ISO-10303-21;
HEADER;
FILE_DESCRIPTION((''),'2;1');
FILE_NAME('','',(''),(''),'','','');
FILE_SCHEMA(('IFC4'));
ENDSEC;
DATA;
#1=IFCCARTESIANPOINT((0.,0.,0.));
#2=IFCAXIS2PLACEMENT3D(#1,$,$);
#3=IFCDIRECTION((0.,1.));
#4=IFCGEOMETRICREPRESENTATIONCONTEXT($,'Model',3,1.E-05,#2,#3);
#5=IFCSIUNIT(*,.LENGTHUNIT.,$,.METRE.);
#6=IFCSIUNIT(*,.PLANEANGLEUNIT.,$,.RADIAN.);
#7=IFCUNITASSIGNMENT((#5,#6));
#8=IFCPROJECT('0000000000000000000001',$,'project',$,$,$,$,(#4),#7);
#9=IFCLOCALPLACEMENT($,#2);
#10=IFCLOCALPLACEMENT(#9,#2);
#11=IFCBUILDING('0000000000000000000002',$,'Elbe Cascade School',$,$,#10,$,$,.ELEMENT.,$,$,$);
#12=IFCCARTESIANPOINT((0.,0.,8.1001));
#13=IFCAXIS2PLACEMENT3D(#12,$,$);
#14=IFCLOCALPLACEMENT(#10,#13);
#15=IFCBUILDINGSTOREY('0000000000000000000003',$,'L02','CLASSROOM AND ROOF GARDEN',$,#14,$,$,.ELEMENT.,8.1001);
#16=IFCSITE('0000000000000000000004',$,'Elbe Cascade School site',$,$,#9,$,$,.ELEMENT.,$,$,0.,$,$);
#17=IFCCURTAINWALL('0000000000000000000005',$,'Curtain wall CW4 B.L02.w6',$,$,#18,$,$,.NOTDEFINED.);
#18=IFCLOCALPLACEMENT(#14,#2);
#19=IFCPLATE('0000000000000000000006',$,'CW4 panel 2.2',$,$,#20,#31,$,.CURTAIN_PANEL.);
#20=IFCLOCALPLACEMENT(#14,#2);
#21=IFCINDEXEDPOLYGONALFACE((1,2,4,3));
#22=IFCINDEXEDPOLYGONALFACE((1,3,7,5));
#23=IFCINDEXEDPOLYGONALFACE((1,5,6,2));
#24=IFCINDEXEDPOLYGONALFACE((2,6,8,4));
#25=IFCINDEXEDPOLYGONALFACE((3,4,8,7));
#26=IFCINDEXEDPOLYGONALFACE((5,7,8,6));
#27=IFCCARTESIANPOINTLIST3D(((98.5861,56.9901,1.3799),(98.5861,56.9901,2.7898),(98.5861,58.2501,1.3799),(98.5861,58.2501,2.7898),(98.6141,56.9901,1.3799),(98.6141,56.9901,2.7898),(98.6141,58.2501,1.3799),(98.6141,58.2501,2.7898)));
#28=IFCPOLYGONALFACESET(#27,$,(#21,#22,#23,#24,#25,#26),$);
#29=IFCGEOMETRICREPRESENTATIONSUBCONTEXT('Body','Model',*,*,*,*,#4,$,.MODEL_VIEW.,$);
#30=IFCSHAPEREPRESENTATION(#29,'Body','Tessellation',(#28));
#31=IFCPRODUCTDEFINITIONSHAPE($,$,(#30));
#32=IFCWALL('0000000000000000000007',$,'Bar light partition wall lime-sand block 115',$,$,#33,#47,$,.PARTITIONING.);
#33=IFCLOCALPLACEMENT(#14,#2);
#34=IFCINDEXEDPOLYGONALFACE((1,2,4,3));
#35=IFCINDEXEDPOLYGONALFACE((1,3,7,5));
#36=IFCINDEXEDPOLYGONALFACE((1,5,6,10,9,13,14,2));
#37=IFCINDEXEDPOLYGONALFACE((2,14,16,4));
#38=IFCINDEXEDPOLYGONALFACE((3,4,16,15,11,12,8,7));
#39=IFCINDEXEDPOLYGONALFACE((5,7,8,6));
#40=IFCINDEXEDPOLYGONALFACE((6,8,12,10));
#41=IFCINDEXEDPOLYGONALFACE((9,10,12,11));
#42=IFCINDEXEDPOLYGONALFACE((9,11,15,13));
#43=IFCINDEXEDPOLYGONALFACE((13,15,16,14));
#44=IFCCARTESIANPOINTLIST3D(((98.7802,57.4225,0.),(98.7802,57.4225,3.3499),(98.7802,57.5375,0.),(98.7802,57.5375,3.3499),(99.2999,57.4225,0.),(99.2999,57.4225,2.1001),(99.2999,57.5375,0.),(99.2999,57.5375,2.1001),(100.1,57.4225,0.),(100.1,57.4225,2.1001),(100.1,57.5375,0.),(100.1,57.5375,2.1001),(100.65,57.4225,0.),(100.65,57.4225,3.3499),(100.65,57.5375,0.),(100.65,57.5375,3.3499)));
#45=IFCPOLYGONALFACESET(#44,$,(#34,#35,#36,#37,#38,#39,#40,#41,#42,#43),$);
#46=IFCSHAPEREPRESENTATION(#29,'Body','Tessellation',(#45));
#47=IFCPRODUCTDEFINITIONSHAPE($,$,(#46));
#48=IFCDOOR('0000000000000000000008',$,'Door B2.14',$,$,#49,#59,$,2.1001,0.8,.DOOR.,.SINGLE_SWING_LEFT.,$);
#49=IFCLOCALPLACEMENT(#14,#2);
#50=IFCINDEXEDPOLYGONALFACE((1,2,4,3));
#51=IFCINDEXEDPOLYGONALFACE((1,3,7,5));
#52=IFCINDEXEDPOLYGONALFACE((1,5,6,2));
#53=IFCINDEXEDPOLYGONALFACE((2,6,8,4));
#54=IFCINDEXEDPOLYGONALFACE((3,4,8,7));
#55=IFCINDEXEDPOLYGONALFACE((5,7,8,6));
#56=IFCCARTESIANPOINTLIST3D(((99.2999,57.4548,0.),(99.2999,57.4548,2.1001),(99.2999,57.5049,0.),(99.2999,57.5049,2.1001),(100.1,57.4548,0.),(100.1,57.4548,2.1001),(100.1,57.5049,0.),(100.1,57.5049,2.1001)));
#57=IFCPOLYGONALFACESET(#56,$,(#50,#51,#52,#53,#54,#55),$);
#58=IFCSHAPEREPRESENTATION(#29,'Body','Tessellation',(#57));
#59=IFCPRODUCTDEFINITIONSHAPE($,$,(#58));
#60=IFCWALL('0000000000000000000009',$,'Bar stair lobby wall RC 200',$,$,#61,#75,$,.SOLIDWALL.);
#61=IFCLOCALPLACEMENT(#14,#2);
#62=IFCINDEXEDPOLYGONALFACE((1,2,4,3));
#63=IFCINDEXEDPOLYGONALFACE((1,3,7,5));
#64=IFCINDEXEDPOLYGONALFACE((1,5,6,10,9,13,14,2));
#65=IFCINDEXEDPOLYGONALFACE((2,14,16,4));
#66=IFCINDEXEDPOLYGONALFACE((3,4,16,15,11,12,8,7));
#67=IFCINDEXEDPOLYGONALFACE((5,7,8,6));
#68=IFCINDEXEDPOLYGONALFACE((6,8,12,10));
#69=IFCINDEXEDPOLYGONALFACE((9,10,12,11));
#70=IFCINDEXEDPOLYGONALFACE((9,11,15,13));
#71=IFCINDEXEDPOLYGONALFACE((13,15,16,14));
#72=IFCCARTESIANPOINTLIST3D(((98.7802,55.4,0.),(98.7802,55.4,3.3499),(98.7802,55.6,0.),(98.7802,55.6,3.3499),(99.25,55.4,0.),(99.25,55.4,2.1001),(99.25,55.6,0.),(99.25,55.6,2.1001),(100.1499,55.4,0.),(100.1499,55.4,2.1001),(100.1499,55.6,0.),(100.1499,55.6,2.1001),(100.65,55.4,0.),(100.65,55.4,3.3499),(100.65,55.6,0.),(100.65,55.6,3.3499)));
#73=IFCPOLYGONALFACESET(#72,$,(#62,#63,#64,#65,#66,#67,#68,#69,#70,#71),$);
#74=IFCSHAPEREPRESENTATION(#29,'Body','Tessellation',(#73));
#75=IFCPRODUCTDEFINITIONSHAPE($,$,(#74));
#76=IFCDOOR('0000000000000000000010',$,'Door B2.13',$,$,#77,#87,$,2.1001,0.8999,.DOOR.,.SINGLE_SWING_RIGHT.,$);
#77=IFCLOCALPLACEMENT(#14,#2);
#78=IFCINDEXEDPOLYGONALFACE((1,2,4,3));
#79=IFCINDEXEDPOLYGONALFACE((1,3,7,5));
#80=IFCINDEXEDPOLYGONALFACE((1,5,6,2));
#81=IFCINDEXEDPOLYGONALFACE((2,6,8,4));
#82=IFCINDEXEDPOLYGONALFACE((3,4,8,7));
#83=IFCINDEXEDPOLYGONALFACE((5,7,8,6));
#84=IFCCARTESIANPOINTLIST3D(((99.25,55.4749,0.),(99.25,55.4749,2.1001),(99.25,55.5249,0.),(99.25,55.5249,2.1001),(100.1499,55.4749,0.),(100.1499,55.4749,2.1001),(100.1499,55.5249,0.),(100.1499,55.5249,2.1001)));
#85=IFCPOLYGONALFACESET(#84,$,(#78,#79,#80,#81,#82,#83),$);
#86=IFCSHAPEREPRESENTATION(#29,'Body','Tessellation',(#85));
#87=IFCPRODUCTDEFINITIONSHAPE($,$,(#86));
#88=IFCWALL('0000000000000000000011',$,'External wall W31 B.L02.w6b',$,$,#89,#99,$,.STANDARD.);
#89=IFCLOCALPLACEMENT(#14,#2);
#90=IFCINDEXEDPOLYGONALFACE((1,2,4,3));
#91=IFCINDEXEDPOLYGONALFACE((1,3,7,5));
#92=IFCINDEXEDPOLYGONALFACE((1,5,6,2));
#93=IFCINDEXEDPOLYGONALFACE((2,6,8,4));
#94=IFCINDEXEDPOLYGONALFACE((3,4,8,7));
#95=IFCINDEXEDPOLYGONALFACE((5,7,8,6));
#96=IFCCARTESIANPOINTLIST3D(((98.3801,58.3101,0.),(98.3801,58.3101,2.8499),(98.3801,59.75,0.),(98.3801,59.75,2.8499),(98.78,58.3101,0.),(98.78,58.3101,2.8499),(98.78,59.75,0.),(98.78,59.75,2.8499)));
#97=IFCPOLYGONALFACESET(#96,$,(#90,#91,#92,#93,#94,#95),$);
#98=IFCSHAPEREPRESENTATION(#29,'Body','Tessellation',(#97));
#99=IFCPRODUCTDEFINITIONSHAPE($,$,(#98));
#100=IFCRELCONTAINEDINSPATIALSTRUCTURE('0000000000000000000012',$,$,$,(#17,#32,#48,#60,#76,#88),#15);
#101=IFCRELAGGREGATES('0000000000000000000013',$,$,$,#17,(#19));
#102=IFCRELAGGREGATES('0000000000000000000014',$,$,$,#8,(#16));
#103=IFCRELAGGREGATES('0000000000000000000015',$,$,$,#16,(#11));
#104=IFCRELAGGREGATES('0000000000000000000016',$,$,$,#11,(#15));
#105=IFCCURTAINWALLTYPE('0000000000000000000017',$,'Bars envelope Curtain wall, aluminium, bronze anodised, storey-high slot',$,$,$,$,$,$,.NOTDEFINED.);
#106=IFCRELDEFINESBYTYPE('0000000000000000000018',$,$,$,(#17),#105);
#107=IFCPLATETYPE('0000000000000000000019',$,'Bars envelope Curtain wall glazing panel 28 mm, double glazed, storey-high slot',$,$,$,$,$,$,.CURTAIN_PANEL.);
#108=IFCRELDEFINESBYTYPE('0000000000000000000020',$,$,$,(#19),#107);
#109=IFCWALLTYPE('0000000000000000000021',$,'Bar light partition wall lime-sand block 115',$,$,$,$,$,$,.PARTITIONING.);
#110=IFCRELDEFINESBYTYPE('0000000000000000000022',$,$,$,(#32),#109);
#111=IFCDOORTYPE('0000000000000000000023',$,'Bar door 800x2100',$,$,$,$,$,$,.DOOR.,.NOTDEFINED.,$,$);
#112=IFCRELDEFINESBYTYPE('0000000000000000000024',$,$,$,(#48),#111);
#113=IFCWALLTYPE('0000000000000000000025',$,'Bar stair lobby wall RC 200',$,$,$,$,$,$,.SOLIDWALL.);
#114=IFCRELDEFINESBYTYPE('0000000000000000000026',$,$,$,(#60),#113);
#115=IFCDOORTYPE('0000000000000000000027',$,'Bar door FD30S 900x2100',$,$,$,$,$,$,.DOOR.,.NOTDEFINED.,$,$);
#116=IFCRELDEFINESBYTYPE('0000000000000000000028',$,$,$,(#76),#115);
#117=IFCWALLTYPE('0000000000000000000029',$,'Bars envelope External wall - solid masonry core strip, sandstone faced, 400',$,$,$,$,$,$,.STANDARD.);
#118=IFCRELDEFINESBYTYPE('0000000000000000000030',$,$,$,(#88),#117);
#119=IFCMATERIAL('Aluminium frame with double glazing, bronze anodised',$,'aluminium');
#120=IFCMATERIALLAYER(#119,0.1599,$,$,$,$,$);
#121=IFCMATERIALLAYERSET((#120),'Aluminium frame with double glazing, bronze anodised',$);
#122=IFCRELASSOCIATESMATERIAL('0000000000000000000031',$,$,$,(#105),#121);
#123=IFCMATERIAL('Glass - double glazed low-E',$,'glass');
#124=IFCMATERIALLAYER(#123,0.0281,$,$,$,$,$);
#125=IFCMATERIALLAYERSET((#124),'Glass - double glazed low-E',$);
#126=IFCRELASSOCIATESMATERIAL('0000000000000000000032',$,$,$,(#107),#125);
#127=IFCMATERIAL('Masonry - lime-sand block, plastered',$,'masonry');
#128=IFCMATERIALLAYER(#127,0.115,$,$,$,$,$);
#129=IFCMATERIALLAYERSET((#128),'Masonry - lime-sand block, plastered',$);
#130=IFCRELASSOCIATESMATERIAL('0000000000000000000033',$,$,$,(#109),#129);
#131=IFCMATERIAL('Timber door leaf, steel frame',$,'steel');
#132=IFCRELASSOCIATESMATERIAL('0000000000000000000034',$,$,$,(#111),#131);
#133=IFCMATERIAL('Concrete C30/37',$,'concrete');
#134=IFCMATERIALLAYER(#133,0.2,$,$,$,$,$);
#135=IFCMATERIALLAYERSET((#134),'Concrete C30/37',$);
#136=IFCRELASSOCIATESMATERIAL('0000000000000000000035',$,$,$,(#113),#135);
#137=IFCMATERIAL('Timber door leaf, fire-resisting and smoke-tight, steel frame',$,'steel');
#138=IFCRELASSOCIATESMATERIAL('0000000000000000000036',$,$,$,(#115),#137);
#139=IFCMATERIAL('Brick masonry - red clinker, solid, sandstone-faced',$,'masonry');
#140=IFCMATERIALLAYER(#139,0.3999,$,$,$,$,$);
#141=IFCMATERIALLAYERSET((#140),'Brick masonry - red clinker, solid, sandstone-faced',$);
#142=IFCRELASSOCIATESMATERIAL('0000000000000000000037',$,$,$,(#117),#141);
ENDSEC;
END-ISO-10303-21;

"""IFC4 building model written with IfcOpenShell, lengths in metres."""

from ifc_helpers import new_model, si_unit, direction, frame, frame_2d, origin, origin_2d, place, context, subcontext, project, spatial, rectangle, extrude, material, layer, layer_set, type_object, element, fill, aggregate, save


model = new_model("IFC4")

# Units and contexts
model_context = context("Model", 3, precision=1e-05, world=origin(), true_north=direction((0.0, 1.0)))
body_context = subcontext(model_context, "Body", "Model", "MODEL_VIEW")
ifc_project = project(units=[si_unit("LENGTHUNIT", "METRE"), si_unit("PLANEANGLEUNIT", "RADIAN")], contexts=[model_context])

# Site, building, storey
site_placement = place(None, origin())
site = spatial("IfcSite", under=ifc_project, at=site_placement, Name="Elbe Cascade School site", CompositionType="ELEMENT", RefElevation=0.0)
building_placement = place(site_placement, origin())
building = spatial("IfcBuilding", under=site, at=building_placement, Name="Elbe Cascade School", CompositionType="ELEMENT")
storey_placement = place(building_placement, frame((0.0, 0.0, 8.1001)))
storey = spatial("IfcBuildingStorey", under=building, at=storey_placement, Name="L02", Description="CLASSROOM AND ROOF GARDEN", CompositionType="ELEMENT", Elevation=8.1001)

# Curtain wall
ifc_material_1 = material(Name="Aluminium frame with double glazing, bronze anodised", Category="aluminium")
ifc_layer_1 = layer(ifc_material_1, 0.1599)
ifc_layer_set_1 = layer_set([ifc_layer_1], Name="Aluminium frame with double glazing, bronze anodised")
curtain_wall_type = type_object("IfcCurtainWallType", Name="Bars envelope Curtain wall, aluminium, bronze anodised, storey-high slot", PredefinedType="NOTDEFINED", material=ifc_layer_set_1)
curtain_wall_placement = place(storey_placement, origin())
curtain_wall = element("IfcCurtainWall", 1, at=curtain_wall_placement, inside=storey, type_object=curtain_wall_type, Name="Curtain wall CW4 B.L02.w6", PredefinedType="NOTDEFINED")

# Plate
ifc_material_2 = material(Name="Glass - double glazed low-E", Category="glass")
ifc_layer_2 = layer(ifc_material_2, 0.0281)
ifc_layer_set_2 = layer_set([ifc_layer_2], Name="Glass - double glazed low-E")
plate_type = type_object("IfcPlateType", Name="Bars envelope Curtain wall glazing panel 28 mm, double glazed, storey-high slot", PredefinedType="CURTAIN_PANEL", material=ifc_layer_set_2)
plate_1_placement = place(storey_placement, frame((98.6001, 57.6201, 1.3799), z_axis=(0.0, 0.0, 1.0), x_axis=(0.0, 1.0, 0.0)))
plate_1 = element("IfcPlate", 2, at=plate_1_placement, type_object=plate_type, Name="CW4 panel 2.2", PredefinedType="CURTAIN_PANEL", context=body_context, shape_type="SweptSolid", body=[
    extrude(rectangle(XDim=1.26, YDim=0.0281, at=origin_2d()), origin(), (0.0, 0.0, 1.0), 1.4099),
])
aggregate(curtain_wall, [plate_1])

# Walls, openings, doors
ifc_material_3 = material(Name="Masonry - lime-sand block, plastered", Category="masonry")
ifc_layer_3 = layer(ifc_material_3, 0.115)
ifc_layer_set_3 = layer_set([ifc_layer_3], Name="Masonry - lime-sand block, plastered")
wall_type_1 = type_object("IfcWallType", Name="Bar light partition wall lime-sand block 115", PredefinedType="PARTITIONING", material=ifc_layer_set_3)
wall_1_placement = place(storey_placement, frame((98.78, 57.48, 0.0), z_axis=(0.0, 0.0, 1.0), x_axis=(1.0, 0.0, 0.0)))
wall_1 = element("IfcWall", 3, at=wall_1_placement, inside=storey, type_object=wall_type_1, Name="Bar light partition wall lime-sand block 115", PredefinedType="PARTITIONING", context=body_context, shape_type="SweptSolid", body=[
    extrude(rectangle(XDim=1.8699, YDim=0.115, at=frame_2d((0.9351, 0.0))), origin(), (0.0, 0.0, 1.0), 3.3499),
])
opening_1_placement = place(wall_1_placement, frame((0.52, 0.0, 0.0)))
opening_1 = element("IfcOpeningElement", 4, at=opening_1_placement, cuts=wall_1, PredefinedType="OPENING", context=body_context, shape_type="SweptSolid", body=[
    extrude(rectangle(XDim=0.8, YDim=2.1001, at=frame_2d((0.3999, 1.05))), frame((0.0, 0.0674, 0.0), z_axis=(0.0, -1.0, 0.0), x_axis=(1.0, 0.0, 0.0)), (0.0, 0.0, 1.0), 0.135),
])
ifc_material_4 = material(Name="Timber door leaf, steel frame", Category="steel")
door_type_1 = type_object("IfcDoorType", Name="Bar door 800x2100", OperationType="NOTDEFINED", PredefinedType="DOOR", material=ifc_material_4)
door_1_placement = place(opening_1_placement, origin())
door_1 = element("IfcDoor", 5, at=door_1_placement, inside=storey, type_object=door_type_1, Name="Door B2.14", OperationType="SINGLE_SWING_LEFT", OverallHeight=2.1001, OverallWidth=0.8, PredefinedType="DOOR", context=body_context, shape_type="SweptSolid", body=[
    extrude(rectangle(XDim=0.8, YDim=2.1001, at=frame_2d((0.3999, 1.05))), frame((0.0, 0.0249, 0.0), z_axis=(0.0, -1.0, 0.0), x_axis=(1.0, 0.0, 0.0)), (0.0, 0.0, 1.0), 0.05),
])
fill(opening_1, door_1)
ifc_material_5 = material(Name="Concrete C30/37", Category="concrete")
ifc_layer_4 = layer(ifc_material_5, 0.2)
ifc_layer_set_4 = layer_set([ifc_layer_4], Name="Concrete C30/37")
wall_type_2 = type_object("IfcWallType", Name="Bar stair lobby wall RC 200", PredefinedType="SOLIDWALL", material=ifc_layer_set_4)
wall_2_placement = place(storey_placement, frame((98.78, 55.5, 0.0), z_axis=(0.0, 0.0, 1.0), x_axis=(1.0, 0.0, 0.0)))
wall_2 = element("IfcWall", 6, at=wall_2_placement, inside=storey, type_object=wall_type_2, Name="Bar stair lobby wall RC 200", PredefinedType="SOLIDWALL", context=body_context, shape_type="SweptSolid", body=[
    extrude(rectangle(XDim=1.8699, YDim=0.2, at=frame_2d((0.9351, 0.0))), origin(), (0.0, 0.0, 1.0), 3.3499),
])
opening_2_placement = place(wall_2_placement, frame((0.47, 0.0, 0.0)))
opening_2 = element("IfcOpeningElement", 7, at=opening_2_placement, cuts=wall_2, PredefinedType="OPENING", context=body_context, shape_type="SweptSolid", body=[
    extrude(rectangle(XDim=0.8999, YDim=2.1001, at=frame_2d((0.45, 1.05))), frame((0.0, 0.1099, 0.0), z_axis=(0.0, -1.0, 0.0), x_axis=(1.0, 0.0, 0.0)), (0.0, 0.0, 1.0), 0.22),
])
ifc_material_6 = material(Name="Timber door leaf, fire-resisting and smoke-tight, steel frame", Category="steel")
door_type_2 = type_object("IfcDoorType", Name="Bar door FD30S 900x2100", OperationType="NOTDEFINED", PredefinedType="DOOR", material=ifc_material_6)
door_2_placement = place(opening_2_placement, origin())
door_2 = element("IfcDoor", 8, at=door_2_placement, inside=storey, type_object=door_type_2, Name="Door B2.13", OperationType="SINGLE_SWING_RIGHT", OverallHeight=2.1001, OverallWidth=0.8999, PredefinedType="DOOR", context=body_context, shape_type="SweptSolid", body=[
    extrude(rectangle(XDim=0.8999, YDim=2.1001, at=frame_2d((0.45, 1.05))), frame((0.0, 0.0249, 0.0), z_axis=(0.0, -1.0, 0.0), x_axis=(1.0, 0.0, 0.0)), (0.0, 0.0, 1.0), 0.05),
])
fill(opening_2, door_2)

# Wall
ifc_material_7 = material(Name="Brick masonry - red clinker, solid, sandstone-faced", Category="masonry")
ifc_layer_5 = layer(ifc_material_7, 0.3999)
ifc_layer_set_5 = layer_set([ifc_layer_5], Name="Brick masonry - red clinker, solid, sandstone-faced")
wall_type_3 = type_object("IfcWallType", Name="Bars envelope External wall - solid masonry core strip, sandstone faced, 400", PredefinedType="STANDARD", material=ifc_layer_set_5)
wall_3_placement = place(storey_placement, frame((98.5801, 58.3101, 0.0), z_axis=(0.0, 0.0, 1.0), x_axis=(0.0, 1.0, 0.0)))
element("IfcWall", 9, at=wall_3_placement, inside=storey, type_object=wall_type_3, Name="External wall W31 B.L02.w6b", PredefinedType="STANDARD", context=body_context, shape_type="SweptSolid", body=[
    extrude(rectangle(XDim=1.4399, YDim=0.3999, at=frame_2d((0.72, 0.0))), origin(), (0.0, 0.0, 1.0), 2.8499),
])

save(model, "model.ifc")
